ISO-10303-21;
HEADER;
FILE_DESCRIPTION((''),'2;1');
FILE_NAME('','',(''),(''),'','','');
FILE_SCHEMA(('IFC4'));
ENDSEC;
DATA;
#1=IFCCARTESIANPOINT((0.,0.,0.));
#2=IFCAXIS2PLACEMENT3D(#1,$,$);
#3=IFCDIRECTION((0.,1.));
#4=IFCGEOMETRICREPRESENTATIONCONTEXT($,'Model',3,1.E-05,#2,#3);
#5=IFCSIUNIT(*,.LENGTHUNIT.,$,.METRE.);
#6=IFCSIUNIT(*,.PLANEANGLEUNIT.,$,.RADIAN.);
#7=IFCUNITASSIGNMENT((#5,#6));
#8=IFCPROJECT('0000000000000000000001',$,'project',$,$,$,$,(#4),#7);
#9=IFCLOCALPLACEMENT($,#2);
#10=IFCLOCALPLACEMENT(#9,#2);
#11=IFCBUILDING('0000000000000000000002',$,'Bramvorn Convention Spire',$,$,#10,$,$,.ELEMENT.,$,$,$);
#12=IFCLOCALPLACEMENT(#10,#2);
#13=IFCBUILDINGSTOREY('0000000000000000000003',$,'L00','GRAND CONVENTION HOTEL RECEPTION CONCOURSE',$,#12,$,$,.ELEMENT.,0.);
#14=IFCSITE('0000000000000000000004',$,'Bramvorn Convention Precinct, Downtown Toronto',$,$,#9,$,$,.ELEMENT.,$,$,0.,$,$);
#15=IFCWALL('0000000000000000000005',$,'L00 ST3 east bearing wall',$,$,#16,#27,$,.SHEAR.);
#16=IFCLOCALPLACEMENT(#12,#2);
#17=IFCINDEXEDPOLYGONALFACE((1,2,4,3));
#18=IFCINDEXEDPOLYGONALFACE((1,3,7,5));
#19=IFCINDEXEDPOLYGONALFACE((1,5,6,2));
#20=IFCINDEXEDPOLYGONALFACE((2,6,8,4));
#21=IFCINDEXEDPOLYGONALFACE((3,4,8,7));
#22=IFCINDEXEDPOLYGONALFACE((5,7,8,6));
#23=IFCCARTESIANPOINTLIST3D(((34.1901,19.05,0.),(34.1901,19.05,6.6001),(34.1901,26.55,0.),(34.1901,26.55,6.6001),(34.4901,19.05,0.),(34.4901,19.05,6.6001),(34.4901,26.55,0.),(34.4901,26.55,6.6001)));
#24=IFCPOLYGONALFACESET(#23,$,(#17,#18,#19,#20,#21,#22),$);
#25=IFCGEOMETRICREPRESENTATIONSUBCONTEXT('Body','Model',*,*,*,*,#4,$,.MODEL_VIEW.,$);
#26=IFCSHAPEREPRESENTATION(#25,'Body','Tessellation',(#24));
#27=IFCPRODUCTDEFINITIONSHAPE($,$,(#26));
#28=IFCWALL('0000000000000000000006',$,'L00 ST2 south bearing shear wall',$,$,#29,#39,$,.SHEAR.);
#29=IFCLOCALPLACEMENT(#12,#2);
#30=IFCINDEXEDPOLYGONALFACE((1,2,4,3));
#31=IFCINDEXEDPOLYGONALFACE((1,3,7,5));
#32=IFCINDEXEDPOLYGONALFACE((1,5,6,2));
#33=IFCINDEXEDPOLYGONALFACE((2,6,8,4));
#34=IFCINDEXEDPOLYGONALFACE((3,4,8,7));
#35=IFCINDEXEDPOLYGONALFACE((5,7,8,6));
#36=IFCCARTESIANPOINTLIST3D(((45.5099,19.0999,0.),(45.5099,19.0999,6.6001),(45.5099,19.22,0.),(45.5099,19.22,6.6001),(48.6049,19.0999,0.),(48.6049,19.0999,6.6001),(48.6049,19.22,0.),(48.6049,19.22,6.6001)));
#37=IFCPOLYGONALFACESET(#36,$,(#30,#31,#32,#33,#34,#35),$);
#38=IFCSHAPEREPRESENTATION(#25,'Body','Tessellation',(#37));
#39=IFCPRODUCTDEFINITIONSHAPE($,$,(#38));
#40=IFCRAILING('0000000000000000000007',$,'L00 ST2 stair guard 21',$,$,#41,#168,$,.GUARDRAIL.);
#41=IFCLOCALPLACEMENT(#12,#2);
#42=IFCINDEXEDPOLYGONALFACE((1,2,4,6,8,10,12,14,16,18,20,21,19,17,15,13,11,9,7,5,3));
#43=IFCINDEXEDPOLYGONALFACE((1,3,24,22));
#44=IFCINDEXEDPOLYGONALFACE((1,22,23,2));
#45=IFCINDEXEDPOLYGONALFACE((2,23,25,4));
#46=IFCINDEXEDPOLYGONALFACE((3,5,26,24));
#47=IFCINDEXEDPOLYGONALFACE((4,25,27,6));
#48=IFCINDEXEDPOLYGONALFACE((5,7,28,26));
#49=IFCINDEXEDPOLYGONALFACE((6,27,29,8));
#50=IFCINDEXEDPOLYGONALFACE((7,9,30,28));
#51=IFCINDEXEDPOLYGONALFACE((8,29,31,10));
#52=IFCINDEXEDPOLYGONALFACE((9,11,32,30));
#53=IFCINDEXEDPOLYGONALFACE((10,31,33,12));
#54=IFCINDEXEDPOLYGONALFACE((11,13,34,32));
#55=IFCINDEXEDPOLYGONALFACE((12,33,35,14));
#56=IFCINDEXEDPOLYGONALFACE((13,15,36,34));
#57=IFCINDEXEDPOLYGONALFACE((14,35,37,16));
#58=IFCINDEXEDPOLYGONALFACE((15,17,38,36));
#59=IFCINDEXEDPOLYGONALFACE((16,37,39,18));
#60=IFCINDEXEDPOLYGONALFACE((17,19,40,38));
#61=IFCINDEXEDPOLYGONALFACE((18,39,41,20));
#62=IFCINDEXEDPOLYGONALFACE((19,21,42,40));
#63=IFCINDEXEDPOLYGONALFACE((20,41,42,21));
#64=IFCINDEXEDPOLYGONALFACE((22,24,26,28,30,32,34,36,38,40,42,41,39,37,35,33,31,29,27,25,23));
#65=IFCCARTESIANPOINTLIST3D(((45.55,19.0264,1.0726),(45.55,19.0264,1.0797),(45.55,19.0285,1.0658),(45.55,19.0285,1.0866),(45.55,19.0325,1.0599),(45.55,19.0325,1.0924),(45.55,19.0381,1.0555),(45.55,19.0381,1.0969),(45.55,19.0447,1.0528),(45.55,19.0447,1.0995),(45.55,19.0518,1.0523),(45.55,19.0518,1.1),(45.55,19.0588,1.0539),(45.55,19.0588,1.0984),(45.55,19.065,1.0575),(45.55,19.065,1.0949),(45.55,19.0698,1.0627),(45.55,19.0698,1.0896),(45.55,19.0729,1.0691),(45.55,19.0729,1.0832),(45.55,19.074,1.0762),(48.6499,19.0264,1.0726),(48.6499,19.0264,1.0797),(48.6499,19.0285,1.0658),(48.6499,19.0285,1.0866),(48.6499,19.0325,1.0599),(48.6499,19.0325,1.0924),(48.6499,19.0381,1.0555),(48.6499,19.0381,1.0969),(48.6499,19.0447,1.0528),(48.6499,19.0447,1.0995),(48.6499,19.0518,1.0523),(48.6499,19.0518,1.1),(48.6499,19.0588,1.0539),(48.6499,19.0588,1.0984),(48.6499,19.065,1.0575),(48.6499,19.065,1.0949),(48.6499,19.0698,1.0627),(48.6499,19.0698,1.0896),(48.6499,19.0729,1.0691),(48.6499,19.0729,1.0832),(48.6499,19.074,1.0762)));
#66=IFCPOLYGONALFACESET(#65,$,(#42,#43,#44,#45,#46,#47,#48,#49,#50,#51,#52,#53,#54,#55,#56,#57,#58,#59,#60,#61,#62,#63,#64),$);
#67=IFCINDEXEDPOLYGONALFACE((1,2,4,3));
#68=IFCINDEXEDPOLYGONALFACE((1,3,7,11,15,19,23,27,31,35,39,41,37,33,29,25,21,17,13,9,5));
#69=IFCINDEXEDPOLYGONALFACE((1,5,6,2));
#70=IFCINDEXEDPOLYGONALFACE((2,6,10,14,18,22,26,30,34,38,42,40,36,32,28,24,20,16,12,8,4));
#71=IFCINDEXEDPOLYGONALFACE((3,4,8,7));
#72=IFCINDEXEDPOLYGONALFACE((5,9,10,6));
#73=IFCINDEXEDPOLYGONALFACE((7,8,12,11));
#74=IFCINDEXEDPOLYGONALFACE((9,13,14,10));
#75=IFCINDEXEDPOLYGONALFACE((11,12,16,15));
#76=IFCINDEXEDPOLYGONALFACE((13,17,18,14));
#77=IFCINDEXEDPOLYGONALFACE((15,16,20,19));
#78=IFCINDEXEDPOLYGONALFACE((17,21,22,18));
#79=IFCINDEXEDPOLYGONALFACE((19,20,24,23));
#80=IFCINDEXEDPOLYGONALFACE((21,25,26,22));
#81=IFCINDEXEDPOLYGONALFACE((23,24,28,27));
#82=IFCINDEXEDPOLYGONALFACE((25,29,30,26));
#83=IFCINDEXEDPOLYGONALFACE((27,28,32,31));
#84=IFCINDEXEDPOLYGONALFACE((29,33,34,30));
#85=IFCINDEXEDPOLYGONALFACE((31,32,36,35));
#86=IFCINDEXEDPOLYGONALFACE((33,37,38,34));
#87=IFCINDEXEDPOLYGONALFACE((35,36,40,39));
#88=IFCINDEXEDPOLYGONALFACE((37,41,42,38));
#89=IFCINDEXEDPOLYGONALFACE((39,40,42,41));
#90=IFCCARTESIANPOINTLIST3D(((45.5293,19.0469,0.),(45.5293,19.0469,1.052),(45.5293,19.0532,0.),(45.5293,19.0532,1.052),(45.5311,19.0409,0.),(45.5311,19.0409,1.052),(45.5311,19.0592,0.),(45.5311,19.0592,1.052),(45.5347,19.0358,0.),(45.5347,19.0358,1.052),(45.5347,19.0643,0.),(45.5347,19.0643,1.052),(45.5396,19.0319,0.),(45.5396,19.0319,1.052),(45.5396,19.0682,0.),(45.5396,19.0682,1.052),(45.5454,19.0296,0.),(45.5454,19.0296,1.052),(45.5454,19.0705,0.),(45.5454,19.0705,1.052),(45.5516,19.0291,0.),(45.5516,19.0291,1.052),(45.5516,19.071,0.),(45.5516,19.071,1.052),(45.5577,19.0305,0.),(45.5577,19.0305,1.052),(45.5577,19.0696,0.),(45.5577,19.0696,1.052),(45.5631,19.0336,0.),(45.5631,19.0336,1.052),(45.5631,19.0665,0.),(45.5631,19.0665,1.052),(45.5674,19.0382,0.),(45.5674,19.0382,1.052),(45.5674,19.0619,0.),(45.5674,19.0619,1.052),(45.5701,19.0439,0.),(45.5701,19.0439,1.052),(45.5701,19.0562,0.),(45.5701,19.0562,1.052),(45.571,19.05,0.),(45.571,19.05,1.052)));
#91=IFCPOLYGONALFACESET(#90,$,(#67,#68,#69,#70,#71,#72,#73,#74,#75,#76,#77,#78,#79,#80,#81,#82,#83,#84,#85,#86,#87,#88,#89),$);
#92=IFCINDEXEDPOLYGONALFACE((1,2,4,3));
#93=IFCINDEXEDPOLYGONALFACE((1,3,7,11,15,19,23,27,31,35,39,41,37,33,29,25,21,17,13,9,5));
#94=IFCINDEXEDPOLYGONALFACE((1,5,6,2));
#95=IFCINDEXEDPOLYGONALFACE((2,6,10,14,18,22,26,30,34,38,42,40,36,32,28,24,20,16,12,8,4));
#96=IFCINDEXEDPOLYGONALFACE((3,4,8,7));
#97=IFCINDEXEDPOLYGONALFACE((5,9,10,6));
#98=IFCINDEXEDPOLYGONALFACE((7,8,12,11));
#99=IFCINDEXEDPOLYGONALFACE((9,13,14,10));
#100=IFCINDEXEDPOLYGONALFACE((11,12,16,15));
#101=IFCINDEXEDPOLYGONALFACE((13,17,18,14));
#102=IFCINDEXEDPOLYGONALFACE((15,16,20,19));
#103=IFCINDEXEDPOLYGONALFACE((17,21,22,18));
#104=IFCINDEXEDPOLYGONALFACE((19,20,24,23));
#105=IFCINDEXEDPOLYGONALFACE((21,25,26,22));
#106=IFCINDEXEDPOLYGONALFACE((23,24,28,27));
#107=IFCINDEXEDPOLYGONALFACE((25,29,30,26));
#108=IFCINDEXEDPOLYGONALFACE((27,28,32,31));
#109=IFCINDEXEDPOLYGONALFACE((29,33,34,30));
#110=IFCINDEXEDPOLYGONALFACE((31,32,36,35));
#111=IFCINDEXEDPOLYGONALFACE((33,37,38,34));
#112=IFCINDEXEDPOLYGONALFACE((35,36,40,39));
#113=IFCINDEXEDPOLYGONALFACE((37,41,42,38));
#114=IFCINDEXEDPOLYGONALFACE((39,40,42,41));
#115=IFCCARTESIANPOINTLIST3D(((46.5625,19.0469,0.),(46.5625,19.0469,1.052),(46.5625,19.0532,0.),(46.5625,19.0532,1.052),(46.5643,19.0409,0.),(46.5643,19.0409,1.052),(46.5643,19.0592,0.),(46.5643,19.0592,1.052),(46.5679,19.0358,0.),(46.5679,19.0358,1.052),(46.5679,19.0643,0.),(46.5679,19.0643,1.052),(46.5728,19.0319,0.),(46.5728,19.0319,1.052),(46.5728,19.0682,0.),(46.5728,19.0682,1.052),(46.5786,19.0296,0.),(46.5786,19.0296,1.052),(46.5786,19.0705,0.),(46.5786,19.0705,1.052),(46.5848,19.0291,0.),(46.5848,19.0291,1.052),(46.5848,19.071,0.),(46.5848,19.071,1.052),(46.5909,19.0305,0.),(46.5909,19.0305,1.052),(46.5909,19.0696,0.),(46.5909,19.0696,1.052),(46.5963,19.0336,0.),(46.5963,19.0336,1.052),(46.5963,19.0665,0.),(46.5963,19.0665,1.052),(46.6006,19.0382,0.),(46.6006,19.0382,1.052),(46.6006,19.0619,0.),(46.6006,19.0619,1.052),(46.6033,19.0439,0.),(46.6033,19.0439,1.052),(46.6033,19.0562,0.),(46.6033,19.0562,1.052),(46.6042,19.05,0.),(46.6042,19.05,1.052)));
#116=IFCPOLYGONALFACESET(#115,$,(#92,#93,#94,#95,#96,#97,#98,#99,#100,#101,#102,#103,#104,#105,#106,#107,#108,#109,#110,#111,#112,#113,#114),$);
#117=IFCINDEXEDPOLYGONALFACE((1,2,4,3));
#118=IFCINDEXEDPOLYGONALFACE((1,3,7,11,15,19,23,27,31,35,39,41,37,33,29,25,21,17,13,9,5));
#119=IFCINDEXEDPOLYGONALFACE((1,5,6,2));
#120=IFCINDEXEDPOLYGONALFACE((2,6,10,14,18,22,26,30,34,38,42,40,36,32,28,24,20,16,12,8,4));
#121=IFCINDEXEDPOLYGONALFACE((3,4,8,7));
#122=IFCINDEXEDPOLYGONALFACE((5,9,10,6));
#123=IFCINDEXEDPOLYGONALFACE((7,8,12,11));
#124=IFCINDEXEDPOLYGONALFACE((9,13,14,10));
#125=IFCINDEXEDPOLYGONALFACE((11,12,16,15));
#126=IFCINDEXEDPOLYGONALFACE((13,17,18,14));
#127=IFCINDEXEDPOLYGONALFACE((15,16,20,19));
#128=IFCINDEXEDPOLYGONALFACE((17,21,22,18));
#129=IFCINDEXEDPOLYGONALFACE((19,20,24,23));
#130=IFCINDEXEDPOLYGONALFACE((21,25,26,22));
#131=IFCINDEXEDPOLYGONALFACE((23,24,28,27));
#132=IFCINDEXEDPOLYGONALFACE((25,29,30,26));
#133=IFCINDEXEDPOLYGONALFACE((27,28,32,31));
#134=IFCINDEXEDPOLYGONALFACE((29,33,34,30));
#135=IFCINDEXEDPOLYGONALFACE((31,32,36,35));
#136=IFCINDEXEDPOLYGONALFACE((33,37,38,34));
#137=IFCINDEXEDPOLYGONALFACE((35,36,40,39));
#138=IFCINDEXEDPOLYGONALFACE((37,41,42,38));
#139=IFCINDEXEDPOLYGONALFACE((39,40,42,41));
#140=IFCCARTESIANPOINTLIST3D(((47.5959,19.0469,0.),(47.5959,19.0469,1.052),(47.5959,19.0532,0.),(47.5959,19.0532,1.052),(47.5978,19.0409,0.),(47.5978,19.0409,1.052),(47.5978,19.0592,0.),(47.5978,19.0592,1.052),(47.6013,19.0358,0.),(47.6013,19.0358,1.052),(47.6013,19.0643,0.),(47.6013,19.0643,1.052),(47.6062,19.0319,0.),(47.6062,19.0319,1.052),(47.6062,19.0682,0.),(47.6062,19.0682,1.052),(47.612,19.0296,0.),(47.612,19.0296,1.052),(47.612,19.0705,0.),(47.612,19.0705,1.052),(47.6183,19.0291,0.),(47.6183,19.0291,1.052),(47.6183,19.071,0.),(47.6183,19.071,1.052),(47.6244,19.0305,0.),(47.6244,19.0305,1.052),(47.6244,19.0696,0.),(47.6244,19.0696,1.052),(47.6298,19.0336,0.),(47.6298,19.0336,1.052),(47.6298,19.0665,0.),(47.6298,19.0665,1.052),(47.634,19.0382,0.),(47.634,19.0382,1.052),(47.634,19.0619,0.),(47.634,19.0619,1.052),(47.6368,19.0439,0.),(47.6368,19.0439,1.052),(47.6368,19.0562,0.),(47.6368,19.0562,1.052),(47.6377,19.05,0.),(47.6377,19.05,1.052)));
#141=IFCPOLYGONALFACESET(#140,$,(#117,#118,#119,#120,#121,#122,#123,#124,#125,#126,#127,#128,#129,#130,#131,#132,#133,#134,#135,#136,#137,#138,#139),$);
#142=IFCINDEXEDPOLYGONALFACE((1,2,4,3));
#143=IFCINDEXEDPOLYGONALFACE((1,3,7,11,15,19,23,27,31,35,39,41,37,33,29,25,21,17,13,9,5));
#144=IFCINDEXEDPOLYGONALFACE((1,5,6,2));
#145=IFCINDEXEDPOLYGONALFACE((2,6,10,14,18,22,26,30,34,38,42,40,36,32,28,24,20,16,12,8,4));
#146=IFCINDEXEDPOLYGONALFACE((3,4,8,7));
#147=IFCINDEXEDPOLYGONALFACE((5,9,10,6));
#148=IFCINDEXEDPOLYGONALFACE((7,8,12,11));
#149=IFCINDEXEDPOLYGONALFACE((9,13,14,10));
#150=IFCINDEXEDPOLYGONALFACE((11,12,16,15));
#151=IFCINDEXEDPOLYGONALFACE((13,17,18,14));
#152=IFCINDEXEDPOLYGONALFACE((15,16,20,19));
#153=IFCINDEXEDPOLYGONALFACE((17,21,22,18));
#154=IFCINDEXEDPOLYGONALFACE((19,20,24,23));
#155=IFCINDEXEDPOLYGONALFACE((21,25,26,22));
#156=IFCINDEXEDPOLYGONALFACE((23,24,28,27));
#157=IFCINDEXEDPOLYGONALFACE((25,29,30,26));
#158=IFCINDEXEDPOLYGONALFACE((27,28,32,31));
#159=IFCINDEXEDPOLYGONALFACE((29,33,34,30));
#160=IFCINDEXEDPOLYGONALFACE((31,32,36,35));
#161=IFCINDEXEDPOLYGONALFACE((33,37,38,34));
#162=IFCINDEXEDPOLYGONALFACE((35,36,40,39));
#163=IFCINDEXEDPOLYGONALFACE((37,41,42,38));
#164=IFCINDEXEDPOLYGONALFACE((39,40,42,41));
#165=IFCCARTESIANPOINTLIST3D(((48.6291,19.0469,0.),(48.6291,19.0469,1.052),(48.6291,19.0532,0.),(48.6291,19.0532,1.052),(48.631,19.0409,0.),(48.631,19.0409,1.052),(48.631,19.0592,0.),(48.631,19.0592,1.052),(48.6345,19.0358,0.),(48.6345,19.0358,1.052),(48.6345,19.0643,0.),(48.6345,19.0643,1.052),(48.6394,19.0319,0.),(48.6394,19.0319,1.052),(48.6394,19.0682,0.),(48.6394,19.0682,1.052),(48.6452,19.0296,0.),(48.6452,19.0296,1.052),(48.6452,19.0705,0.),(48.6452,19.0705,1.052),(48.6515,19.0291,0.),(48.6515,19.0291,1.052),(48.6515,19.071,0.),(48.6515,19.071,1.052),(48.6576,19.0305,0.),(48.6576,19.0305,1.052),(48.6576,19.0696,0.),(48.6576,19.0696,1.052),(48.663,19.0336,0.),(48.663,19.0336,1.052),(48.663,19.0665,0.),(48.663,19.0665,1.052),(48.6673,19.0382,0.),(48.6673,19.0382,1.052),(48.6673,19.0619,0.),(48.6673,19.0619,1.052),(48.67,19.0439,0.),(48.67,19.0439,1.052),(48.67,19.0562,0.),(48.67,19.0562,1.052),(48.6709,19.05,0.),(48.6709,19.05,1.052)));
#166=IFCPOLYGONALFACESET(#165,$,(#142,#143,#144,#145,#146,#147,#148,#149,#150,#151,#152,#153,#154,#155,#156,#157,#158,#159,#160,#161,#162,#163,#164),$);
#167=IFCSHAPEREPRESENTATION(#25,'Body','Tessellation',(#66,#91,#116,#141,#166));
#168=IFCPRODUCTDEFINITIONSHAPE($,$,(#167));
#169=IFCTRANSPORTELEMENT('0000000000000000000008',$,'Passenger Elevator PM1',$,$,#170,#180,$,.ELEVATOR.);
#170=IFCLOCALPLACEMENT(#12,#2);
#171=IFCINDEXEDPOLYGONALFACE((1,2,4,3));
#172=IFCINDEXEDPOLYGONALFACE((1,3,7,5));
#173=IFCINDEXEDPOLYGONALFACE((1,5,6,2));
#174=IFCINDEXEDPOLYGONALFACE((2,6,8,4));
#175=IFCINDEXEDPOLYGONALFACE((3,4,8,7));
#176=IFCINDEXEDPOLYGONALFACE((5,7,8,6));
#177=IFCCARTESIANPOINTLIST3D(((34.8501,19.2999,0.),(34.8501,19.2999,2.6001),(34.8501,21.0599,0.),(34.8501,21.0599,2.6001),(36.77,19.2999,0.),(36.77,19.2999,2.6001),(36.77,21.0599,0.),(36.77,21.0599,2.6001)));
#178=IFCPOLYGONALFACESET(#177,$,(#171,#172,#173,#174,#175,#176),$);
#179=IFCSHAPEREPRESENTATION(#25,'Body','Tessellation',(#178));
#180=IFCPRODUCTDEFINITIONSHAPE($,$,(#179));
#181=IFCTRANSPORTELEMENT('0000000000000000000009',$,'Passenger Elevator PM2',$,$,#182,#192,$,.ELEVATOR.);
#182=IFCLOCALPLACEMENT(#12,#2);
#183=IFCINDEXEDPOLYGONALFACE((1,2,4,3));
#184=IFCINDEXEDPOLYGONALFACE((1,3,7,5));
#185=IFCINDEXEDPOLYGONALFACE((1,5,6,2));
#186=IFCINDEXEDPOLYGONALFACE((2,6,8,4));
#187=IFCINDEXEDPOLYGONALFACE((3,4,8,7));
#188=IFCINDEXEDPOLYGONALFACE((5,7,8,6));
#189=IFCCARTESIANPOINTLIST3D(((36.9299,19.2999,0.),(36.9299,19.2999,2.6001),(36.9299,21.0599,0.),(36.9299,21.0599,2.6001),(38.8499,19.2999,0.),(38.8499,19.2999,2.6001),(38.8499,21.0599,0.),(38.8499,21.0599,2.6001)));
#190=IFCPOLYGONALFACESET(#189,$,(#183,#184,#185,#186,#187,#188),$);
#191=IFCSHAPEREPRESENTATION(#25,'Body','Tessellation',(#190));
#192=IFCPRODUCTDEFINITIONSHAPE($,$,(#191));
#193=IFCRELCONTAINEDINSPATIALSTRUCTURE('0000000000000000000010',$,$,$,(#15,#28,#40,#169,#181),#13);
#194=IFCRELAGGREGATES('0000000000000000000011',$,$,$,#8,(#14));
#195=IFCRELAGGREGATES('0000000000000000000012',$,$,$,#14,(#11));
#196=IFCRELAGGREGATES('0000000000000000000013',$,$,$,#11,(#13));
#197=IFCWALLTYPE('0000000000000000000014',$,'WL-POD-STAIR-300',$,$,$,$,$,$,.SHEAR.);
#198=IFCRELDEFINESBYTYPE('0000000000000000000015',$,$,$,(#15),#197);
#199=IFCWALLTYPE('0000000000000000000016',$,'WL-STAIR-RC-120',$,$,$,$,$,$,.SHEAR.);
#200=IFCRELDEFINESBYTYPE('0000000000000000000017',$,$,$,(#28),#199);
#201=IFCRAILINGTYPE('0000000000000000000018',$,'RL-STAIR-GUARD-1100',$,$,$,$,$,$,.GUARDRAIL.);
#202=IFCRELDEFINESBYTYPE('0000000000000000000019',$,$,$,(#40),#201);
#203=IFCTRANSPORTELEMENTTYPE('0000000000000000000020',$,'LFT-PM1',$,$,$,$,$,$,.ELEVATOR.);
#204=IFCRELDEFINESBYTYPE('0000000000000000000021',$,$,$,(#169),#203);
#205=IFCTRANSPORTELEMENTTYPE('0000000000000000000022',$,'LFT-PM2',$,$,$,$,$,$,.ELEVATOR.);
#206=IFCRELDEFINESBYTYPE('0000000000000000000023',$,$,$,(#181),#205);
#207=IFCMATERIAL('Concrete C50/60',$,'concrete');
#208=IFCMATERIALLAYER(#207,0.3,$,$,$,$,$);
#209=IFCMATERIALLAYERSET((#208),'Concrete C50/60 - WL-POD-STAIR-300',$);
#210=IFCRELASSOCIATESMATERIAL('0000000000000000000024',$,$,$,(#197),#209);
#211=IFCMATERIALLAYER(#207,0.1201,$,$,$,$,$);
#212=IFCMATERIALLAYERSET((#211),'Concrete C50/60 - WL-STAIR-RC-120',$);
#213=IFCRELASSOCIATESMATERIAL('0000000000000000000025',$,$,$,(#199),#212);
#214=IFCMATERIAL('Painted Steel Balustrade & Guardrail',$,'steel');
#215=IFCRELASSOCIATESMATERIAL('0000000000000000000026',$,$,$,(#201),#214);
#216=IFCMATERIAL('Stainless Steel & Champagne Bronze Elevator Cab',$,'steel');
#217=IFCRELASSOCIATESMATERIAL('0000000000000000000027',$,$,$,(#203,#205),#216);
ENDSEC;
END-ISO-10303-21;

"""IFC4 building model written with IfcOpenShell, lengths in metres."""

from ifc_helpers import new_model, si_unit, direction, frame, frame_2d, origin, origin_2d, place, context, subcontext, project, spatial, rectangle, circle, extrude, material, layer, layer_set, type_object, element, save


model = new_model("IFC4")

# Units and contexts
model_context = context("Model", 3, precision=1e-05, world=origin(), true_north=direction((0.0, 1.0)))
body_context = subcontext(model_context, "Body", "Model", "MODEL_VIEW")
ifc_project = project(units=[si_unit("LENGTHUNIT", "METRE"), si_unit("PLANEANGLEUNIT", "RADIAN")], contexts=[model_context])

# Site, building, storey
site_placement = place(None, origin())
site = spatial("IfcSite", under=ifc_project, at=site_placement, Name="Bramvorn Convention Precinct, Downtown Toronto", CompositionType="ELEMENT", RefElevation=0.0)
building_placement = place(site_placement, origin())
building = spatial("IfcBuilding", under=site, at=building_placement, Name="Bramvorn Convention Spire", CompositionType="ELEMENT")
storey_placement = place(building_placement, origin())
storey = spatial("IfcBuildingStorey", under=building, at=storey_placement, Name="L00", Description="GRAND CONVENTION HOTEL RECEPTION CONCOURSE", CompositionType="ELEMENT", Elevation=0.0)

# Shared definitions
ifc_material_1 = material(Name="Concrete C50/60", Category="concrete")

# Walls
ifc_layer_1 = layer(ifc_material_1, 0.3)
ifc_layer_set_1 = layer_set([ifc_layer_1], Name="Concrete C50/60 - WL-POD-STAIR-300")
wall_type_1 = type_object("IfcWallType", Name="WL-POD-STAIR-300", PredefinedType="SHEAR", material=ifc_layer_set_1)
for number, where, z_axis, x_axis, name in (
    (1, (34.3401, 19.05, 0.0), (0.0, 0.0, 1.0), (0.0, 1.0, 0.0), "L00 ST3 east bearing wall"),
):
    element("IfcWall", number, at=place(storey_placement, frame(where, z_axis=z_axis, x_axis=x_axis)), inside=storey, type_object=wall_type_1, Name=name, PredefinedType="SHEAR", context=body_context, shape_type="SweptSolid", body=[
        extrude(rectangle(XDim=7.5, YDim=0.3, at=frame_2d((3.75, 0.0))), origin(), (0.0, 0.0, 1.0), 6.6001),
    ])
ifc_layer_2 = layer(ifc_material_1, 0.1201)
ifc_layer_set_2 = layer_set([ifc_layer_2], Name="Concrete C50/60 - WL-STAIR-RC-120")
wall_type_2 = type_object("IfcWallType", Name="WL-STAIR-RC-120", PredefinedType="SHEAR", material=ifc_layer_set_2)
wall_1_placement = place(storey_placement, frame((45.51, 19.1599, 0.0), z_axis=(0.0, 0.0, 1.0), x_axis=(1.0, 0.0, 0.0)))
element("IfcWall", 2, at=wall_1_placement, inside=storey, type_object=wall_type_2, Name="L00 ST2 south bearing shear wall", PredefinedType="SHEAR", context=body_context, shape_type="SweptSolid", body=[
    extrude(rectangle(XDim=3.095, YDim=0.1201, at=frame_2d((1.5474, 0.0))), origin(), (0.0, 0.0, 1.0), 6.6001),
])

# Railing
ifc_material_2 = material(Name="Painted Steel Balustrade & Guardrail", Category="steel")
railing_type = type_object("IfcRailingType", Name="RL-STAIR-GUARD-1100", PredefinedType="GUARDRAIL", material=ifc_material_2)
railing_placement = place(storey_placement, frame((45.55, 19.05, 0.0)))
element("IfcRailing", 3, at=railing_placement, inside=storey, type_object=railing_type, Name="L00 ST2 stair guard 21", PredefinedType="GUARDRAIL", context=body_context, shape_type="SweptSolid", body=[
    extrude(circle(Radius=0.0239, at=origin_2d()), frame((0.0, 0.0, 1.0762), z_axis=(1.0, 0.0, 0.0), x_axis=(0.0, 1.0, 0.0)), (0.0, 0.0, 1.0), 3.0999),
    extrude(circle(Radius=0.021, at=origin_2d()), origin(), (0.0, 0.0, 1.0), 1.052),
    extrude(circle(Radius=0.021, at=origin_2d()), frame((1.0332, 0.0, 0.0)), (0.0, 0.0, 1.0), 1.052),
    extrude(circle(Radius=0.021, at=origin_2d()), frame((2.0667, 0.0, 0.0)), (0.0, 0.0, 1.0), 1.052),
    extrude(circle(Radius=0.021, at=origin_2d()), frame((3.0999, 0.0, 0.0)), (0.0, 0.0, 1.0), 1.052),
])

# Transport elements
ifc_material_3 = material(Name="Stainless Steel & Champagne Bronze Elevator Cab", Category="steel")
transport_element_type_1 = type_object("IfcTransportElementType", Name="LFT-PM1", PredefinedType="ELEVATOR", material=ifc_material_3)
transport_element_1_placement = place(storey_placement, frame((35.8101, 20.1799, 0.0), z_axis=(0.0, 0.0, 1.0), x_axis=(1.0, 0.0, 0.0)))
element("IfcTransportElement", 4, at=transport_element_1_placement, inside=storey, type_object=transport_element_type_1, Name="Passenger Elevator PM1", PredefinedType="ELEVATOR", context=body_context, shape_type="SweptSolid", body=[
    extrude(rectangle(XDim=1.9199, YDim=1.76, at=origin_2d()), origin(), (0.0, 0.0, 1.0), 2.6001),
])
transport_element_type_2 = type_object("IfcTransportElementType", Name="LFT-PM2", PredefinedType="ELEVATOR", material=ifc_material_3)
transport_element_2_placement = place(storey_placement, frame((37.8899, 20.1799, 0.0), z_axis=(0.0, 0.0, 1.0), x_axis=(1.0, 0.0, 0.0)))
element("IfcTransportElement", 5, at=transport_element_2_placement, inside=storey, type_object=transport_element_type_2, Name="Passenger Elevator PM2", PredefinedType="ELEVATOR", context=body_context, shape_type="SweptSolid", body=[
    extrude(rectangle(XDim=1.9199, YDim=1.76, at=origin_2d()), origin(), (0.0, 0.0, 1.0), 2.6001),
])

save(model, "model.ifc")
